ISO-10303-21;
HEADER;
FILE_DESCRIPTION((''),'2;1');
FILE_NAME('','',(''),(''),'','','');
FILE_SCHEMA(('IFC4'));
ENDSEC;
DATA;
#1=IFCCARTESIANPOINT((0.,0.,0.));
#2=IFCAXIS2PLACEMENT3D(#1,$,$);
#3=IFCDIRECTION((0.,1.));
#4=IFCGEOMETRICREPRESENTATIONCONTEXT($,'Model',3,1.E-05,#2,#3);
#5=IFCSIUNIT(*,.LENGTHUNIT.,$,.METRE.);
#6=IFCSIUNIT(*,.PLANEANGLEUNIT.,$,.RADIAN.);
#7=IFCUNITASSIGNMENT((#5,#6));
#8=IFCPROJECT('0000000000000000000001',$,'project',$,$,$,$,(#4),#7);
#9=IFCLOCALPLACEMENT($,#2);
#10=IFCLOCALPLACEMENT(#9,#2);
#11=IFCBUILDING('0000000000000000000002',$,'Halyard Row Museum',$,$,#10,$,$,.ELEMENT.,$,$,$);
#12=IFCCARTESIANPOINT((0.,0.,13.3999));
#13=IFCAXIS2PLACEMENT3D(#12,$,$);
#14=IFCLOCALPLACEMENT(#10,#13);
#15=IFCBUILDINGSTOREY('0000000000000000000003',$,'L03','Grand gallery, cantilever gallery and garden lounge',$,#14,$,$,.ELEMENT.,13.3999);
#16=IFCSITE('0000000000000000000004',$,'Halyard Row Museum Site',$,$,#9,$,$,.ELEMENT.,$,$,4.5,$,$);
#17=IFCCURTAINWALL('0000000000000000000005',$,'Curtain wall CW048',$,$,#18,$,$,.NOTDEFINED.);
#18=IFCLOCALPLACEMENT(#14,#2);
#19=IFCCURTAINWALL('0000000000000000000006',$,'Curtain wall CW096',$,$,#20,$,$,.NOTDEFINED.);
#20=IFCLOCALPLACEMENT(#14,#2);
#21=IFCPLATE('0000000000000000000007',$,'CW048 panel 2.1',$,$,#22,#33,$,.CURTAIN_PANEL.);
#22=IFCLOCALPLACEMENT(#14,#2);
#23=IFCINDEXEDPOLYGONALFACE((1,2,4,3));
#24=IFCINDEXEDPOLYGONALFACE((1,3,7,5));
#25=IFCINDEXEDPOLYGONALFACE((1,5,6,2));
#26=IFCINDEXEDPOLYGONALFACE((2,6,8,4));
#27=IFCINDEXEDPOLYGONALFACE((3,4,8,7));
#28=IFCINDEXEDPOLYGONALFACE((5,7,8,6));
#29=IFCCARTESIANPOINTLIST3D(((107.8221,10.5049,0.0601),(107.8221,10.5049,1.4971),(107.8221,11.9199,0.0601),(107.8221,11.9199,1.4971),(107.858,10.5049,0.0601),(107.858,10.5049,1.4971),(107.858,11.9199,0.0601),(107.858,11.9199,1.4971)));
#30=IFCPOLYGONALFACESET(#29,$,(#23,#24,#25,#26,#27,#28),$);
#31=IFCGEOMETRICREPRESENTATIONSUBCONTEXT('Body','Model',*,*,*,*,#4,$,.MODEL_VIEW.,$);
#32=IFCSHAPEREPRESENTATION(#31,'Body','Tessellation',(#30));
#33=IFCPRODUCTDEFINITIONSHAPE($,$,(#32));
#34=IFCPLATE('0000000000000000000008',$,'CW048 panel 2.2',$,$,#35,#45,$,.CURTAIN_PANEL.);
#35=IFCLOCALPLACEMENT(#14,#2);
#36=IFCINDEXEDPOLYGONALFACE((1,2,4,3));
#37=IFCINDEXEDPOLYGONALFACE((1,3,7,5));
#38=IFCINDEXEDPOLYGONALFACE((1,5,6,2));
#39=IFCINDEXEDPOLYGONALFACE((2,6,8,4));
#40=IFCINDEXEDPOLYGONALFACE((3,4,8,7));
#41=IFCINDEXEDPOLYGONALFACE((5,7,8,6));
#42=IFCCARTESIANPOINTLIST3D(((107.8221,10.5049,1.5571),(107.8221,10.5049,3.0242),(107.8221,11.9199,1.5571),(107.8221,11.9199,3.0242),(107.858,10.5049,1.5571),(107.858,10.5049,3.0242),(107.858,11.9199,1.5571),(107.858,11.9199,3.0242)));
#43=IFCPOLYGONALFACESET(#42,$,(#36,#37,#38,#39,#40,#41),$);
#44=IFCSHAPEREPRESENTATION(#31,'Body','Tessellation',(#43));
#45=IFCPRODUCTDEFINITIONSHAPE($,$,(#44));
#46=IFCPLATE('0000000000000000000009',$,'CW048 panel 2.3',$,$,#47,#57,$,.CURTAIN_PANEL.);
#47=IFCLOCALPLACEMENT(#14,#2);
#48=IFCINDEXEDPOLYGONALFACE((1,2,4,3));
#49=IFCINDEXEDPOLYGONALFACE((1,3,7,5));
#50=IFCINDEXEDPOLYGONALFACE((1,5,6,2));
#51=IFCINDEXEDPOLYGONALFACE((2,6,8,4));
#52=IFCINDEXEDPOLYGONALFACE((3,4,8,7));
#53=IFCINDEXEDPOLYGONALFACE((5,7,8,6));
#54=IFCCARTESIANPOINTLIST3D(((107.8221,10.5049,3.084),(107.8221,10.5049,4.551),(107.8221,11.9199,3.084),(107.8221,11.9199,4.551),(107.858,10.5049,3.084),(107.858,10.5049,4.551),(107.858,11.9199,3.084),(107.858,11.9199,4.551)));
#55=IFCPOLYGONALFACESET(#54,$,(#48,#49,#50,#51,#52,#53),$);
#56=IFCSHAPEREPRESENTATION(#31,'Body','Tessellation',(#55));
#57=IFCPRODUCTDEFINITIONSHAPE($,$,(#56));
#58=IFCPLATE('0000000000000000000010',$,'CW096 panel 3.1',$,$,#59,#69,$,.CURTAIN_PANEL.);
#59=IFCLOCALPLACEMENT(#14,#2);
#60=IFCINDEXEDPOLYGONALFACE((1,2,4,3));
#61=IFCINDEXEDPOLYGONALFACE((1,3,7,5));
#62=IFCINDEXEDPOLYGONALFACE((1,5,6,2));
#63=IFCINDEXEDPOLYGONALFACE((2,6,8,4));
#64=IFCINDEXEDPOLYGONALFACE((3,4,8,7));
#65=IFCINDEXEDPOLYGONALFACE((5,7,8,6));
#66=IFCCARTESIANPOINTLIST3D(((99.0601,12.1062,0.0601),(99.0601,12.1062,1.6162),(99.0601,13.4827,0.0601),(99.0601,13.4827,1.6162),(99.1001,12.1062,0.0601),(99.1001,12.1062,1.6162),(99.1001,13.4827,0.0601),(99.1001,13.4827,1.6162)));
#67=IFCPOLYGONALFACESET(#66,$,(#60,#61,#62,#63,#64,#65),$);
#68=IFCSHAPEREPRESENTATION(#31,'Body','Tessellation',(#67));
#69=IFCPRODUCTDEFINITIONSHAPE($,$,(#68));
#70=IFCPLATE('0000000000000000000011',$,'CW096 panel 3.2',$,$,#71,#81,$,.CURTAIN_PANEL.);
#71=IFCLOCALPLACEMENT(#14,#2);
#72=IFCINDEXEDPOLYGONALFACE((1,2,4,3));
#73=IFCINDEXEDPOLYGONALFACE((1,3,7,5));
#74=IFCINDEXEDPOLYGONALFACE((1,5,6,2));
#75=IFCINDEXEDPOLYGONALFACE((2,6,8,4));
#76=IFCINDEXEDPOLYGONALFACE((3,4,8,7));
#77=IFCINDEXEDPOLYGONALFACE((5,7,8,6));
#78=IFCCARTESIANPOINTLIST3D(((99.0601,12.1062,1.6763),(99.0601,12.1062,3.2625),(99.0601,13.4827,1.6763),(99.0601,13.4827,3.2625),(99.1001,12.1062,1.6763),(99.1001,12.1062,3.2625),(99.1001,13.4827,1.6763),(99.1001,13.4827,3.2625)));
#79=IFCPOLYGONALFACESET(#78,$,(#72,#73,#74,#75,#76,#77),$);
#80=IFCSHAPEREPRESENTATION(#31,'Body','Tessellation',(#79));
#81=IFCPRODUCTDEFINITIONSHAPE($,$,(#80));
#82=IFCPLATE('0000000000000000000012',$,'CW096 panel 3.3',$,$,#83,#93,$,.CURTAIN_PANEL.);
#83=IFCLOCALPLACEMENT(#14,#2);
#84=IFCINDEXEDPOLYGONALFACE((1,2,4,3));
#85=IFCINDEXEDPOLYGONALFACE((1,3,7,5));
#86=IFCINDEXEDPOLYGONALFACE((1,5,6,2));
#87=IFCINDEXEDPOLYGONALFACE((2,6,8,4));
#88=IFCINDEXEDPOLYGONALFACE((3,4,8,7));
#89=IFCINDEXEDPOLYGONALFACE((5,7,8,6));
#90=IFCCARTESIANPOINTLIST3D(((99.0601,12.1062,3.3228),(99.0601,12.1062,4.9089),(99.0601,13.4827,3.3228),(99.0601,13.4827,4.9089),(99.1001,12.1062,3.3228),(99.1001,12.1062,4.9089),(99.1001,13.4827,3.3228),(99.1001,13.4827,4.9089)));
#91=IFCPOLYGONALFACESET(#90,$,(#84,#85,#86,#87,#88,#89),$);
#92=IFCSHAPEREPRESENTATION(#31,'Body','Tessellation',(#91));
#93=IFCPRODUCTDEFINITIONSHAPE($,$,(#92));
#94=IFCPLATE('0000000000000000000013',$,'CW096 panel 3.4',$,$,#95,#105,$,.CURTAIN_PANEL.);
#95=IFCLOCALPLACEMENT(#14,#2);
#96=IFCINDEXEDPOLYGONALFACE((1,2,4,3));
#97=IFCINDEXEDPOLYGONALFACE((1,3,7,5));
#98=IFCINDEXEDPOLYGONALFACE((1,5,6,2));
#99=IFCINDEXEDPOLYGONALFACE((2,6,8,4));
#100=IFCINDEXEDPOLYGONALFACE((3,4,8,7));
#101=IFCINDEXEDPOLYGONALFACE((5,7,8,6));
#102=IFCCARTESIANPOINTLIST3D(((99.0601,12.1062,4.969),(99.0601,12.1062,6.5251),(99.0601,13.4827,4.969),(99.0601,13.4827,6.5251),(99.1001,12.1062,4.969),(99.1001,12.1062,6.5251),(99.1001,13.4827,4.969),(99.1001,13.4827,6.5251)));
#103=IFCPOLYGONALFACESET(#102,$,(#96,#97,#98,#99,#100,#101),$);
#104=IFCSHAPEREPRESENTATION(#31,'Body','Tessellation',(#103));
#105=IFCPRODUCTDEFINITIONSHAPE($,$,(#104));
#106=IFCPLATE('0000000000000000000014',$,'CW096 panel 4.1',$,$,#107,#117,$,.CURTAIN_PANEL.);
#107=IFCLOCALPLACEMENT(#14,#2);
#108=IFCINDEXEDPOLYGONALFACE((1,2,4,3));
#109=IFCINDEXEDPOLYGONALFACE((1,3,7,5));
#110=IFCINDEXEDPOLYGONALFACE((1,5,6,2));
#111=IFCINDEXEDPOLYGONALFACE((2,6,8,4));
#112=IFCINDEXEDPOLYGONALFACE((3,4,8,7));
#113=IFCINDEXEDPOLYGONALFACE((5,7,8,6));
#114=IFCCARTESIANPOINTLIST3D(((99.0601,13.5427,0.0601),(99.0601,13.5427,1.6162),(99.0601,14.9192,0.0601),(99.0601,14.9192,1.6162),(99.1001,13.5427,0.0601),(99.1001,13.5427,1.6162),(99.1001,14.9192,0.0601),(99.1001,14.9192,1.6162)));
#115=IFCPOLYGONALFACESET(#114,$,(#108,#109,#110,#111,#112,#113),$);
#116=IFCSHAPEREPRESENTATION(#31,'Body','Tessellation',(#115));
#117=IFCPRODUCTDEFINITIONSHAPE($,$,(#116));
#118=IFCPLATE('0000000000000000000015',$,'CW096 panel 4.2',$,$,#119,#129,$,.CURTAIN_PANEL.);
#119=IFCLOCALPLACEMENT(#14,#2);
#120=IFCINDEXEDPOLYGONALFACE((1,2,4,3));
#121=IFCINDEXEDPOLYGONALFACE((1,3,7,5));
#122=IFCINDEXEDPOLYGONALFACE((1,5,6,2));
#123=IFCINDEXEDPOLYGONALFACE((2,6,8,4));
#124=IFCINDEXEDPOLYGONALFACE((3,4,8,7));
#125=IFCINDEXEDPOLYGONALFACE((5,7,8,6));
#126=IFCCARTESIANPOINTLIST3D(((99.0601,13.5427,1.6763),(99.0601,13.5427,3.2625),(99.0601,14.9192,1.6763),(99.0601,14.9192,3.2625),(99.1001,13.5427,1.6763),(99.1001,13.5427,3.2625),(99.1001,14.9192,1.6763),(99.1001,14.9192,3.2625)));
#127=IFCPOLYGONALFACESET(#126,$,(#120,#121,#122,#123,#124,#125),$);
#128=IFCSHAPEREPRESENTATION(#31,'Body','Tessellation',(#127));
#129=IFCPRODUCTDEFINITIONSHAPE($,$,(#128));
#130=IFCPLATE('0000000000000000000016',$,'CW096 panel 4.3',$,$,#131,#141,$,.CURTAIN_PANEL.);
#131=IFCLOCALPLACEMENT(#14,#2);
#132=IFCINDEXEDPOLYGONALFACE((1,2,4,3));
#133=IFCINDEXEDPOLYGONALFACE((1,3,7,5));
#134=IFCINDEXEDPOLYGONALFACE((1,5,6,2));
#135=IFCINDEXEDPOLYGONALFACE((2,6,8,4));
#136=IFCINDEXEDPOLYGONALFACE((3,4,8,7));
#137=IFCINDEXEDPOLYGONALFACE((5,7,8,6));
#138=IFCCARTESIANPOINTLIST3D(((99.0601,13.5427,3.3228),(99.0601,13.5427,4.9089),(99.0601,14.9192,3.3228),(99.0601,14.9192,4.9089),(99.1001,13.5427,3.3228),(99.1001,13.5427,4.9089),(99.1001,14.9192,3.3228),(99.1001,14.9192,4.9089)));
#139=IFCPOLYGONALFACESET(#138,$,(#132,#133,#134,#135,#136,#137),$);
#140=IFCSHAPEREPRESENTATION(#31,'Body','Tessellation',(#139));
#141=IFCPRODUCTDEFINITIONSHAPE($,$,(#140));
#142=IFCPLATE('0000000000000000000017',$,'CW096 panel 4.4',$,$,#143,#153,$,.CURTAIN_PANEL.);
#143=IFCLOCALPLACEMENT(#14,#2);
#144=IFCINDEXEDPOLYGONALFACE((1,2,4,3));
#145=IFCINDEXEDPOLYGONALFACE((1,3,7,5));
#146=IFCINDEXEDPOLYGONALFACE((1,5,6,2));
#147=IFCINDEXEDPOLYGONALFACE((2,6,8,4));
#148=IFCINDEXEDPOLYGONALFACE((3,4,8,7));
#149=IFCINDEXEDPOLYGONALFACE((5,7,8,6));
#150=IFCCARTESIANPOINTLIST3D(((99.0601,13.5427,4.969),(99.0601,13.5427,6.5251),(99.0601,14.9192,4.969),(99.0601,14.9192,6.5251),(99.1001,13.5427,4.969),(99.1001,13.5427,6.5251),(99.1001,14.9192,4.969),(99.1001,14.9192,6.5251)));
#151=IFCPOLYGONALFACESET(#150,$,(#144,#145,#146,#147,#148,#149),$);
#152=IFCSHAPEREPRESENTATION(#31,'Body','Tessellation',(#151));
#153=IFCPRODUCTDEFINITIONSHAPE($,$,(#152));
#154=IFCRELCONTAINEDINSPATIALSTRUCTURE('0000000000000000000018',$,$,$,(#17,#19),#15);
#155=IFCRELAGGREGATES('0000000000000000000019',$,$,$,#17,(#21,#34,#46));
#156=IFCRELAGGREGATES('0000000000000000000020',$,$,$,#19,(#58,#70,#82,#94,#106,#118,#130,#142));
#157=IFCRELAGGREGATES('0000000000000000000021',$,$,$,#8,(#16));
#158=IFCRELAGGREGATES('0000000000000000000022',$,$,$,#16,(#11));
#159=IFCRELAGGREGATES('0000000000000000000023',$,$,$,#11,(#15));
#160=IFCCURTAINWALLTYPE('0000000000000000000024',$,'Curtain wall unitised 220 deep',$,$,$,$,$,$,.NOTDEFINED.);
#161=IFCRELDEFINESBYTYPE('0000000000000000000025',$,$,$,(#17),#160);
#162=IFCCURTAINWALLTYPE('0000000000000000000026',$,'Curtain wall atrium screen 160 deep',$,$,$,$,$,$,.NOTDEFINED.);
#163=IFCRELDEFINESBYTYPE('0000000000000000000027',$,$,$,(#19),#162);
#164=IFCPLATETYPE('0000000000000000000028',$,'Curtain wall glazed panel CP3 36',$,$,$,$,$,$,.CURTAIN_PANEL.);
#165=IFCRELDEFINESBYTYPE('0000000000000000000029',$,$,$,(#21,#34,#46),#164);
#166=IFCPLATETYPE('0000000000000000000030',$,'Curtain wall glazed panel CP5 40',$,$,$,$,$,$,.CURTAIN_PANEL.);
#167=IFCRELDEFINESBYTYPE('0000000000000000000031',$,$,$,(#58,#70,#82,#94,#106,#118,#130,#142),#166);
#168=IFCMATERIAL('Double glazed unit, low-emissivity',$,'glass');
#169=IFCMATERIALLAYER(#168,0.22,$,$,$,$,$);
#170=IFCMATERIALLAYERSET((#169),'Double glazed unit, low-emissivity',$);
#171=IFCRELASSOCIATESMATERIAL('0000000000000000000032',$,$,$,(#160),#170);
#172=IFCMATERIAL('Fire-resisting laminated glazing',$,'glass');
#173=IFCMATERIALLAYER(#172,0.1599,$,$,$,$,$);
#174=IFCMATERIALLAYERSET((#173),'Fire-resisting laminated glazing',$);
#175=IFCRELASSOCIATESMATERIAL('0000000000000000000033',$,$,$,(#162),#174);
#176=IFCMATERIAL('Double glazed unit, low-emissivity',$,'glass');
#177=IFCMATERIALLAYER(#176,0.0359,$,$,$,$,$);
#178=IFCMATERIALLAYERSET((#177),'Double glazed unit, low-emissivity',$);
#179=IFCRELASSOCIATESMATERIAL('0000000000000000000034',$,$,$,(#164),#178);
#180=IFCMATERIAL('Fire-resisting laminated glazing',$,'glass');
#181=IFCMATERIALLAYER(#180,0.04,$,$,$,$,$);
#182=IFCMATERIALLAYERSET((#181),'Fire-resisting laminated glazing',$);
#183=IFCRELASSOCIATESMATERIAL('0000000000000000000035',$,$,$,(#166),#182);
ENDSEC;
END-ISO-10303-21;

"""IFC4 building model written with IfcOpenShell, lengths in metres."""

from ifc_helpers import new_model, si_unit, direction, frame, origin, origin_2d, place, context, subcontext, project, spatial, rectangle, extrude, material, layer, layer_set, type_object, element, aggregate, save


model = new_model("IFC4")

# Units and contexts
model_context = context("Model", 3, precision=1e-05, world=origin(), true_north=direction((0.0, 1.0)))
body_context = subcontext(model_context, "Body", "Model", "MODEL_VIEW")
ifc_project = project(units=[si_unit("LENGTHUNIT", "METRE"), si_unit("PLANEANGLEUNIT", "RADIAN")], contexts=[model_context])

# Site, building, storey
site_placement = place(None, origin())
site = spatial("IfcSite", under=ifc_project, at=site_placement, Name="Halyard Row Museum Site", CompositionType="ELEMENT", RefElevation=4.5)
building_placement = place(site_placement, origin())
building = spatial("IfcBuilding", under=site, at=building_placement, Name="Halyard Row Museum", CompositionType="ELEMENT")
storey_placement = place(building_placement, frame((0.0, 0.0, 13.3999)))
storey = spatial("IfcBuildingStorey", under=building, at=storey_placement, Name="L03", Description="Grand gallery, cantilever gallery and garden lounge", CompositionType="ELEMENT", Elevation=13.3999)

# Curtain wall
ifc_material_1 = material(Name="Double glazed unit, low-emissivity", Category="glass")
ifc_layer_1 = layer(ifc_material_1, 0.22)
ifc_layer_set_1 = layer_set([ifc_layer_1], Name="Double glazed unit, low-emissivity")
curtain_wall_type_1 = type_object("IfcCurtainWallType", Name="Curtain wall unitised 220 deep", PredefinedType="NOTDEFINED", material=ifc_layer_set_1)
curtain_wall_1_placement = place(storey_placement, origin())
curtain_wall_1 = element("IfcCurtainWall", 1, at=curtain_wall_1_placement, inside=storey, type_object=curtain_wall_type_1, Name="Curtain wall CW048", PredefinedType="NOTDEFINED")

# Curtain wall
ifc_material_2 = material(Name="Fire-resisting laminated glazing", Category="glass")
ifc_layer_2 = layer(ifc_material_2, 0.1599)
ifc_layer_set_2 = layer_set([ifc_layer_2], Name="Fire-resisting laminated glazing")
curtain_wall_type_2 = type_object("IfcCurtainWallType", Name="Curtain wall atrium screen 160 deep", PredefinedType="NOTDEFINED", material=ifc_layer_set_2)
curtain_wall_2_placement = place(storey_placement, origin())
curtain_wall_2 = element("IfcCurtainWall", 2, at=curtain_wall_2_placement, inside=storey, type_object=curtain_wall_type_2, Name="Curtain wall CW096", PredefinedType="NOTDEFINED")

# Plates
ifc_material_3 = material(Name="Double glazed unit, low-emissivity", Category="glass")
ifc_layer_3 = layer(ifc_material_3, 0.0359)
ifc_layer_set_3 = layer_set([ifc_layer_3], Name="Double glazed unit, low-emissivity")
plate_type_1 = type_object("IfcPlateType", Name="Curtain wall glazed panel CP3 36", PredefinedType="CURTAIN_PANEL", material=ifc_layer_set_3)
plate_1_placement = place(storey_placement, frame((107.8401, 11.2124, 0.0601), z_axis=(0.0, 0.0, 1.0), x_axis=(0.0, 1.0, 0.0)))
plate_1 = element("IfcPlate", 3, at=plate_1_placement, type_object=plate_type_1, Name="CW048 panel 2.1", PredefinedType="CURTAIN_PANEL", context=body_context, shape_type="SweptSolid", body=[
    extrude(rectangle(XDim=1.415, YDim=0.0359, at=origin_2d()), origin(), (0.0, 0.0, 1.0), 1.437),
])
plate_2_placement = place(storey_placement, frame((107.8401, 11.2124, 1.5571), z_axis=(0.0, 0.0, 1.0), x_axis=(0.0, 1.0, 0.0)))
plate_2 = element("IfcPlate", 4, at=plate_2_placement, type_object=plate_type_1, Name="CW048 panel 2.2", PredefinedType="CURTAIN_PANEL", context=body_context, shape_type="SweptSolid", body=[
    extrude(rectangle(XDim=1.415, YDim=0.0359, at=origin_2d()), origin(), (0.0, 0.0, 1.0), 1.467),
])
plate_3_placement = place(storey_placement, frame((107.8401, 11.2124, 3.084), z_axis=(0.0, 0.0, 1.0), x_axis=(0.0, 1.0, 0.0)))
plate_3 = element("IfcPlate", 5, at=plate_3_placement, type_object=plate_type_1, Name="CW048 panel 2.3", PredefinedType="CURTAIN_PANEL", context=body_context, shape_type="SweptSolid", body=[
    extrude(rectangle(XDim=1.415, YDim=0.0359, at=origin_2d()), origin(), (0.0, 0.0, 1.0), 1.467),
])
aggregate(curtain_wall_1, [plate_1, plate_2, plate_3])
ifc_material_4 = material(Name="Fire-resisting laminated glazing", Category="glass")
ifc_layer_4 = layer(ifc_material_4, 0.04)
ifc_layer_set_4 = layer_set([ifc_layer_4], Name="Fire-resisting laminated glazing")
plate_type_2 = type_object("IfcPlateType", Name="Curtain wall glazed panel CP5 40", PredefinedType="CURTAIN_PANEL", material=ifc_layer_set_4)
plate_4_placement = place(storey_placement, frame((99.0801, 12.7944, 0.0601), z_axis=(0.0, 0.0, 1.0), x_axis=(0.0, 1.0, 0.0)))
plate_4 = element("IfcPlate", 6, at=plate_4_placement, type_object=plate_type_2, Name="CW096 panel 3.1", PredefinedType="CURTAIN_PANEL", context=body_context, shape_type="SweptSolid", body=[
    extrude(rectangle(XDim=1.3765, YDim=0.04, at=origin_2d()), origin(), (0.0, 0.0, 1.0), 1.5562),
])
plate_5_placement = place(storey_placement, frame((99.0801, 12.7944, 1.6763), z_axis=(0.0, 0.0, 1.0), x_axis=(0.0, 1.0, 0.0)))
plate_5 = element("IfcPlate", 7, at=plate_5_placement, type_object=plate_type_2, Name="CW096 panel 3.2", PredefinedType="CURTAIN_PANEL", context=body_context, shape_type="SweptSolid", body=[
    extrude(rectangle(XDim=1.3765, YDim=0.04, at=origin_2d()), origin(), (0.0, 0.0, 1.0), 1.5862),
])
plate_6_placement = place(storey_placement, frame((99.0801, 12.7944, 3.3228), z_axis=(0.0, 0.0, 1.0), x_axis=(0.0, 1.0, 0.0)))
plate_6 = element("IfcPlate", 8, at=plate_6_placement, type_object=plate_type_2, Name="CW096 panel 3.3", PredefinedType="CURTAIN_PANEL", context=body_context, shape_type="SweptSolid", body=[
    extrude(rectangle(XDim=1.3765, YDim=0.04, at=origin_2d()), origin(), (0.0, 0.0, 1.0), 1.5862),
])
plate_7_placement = place(storey_placement, frame((99.0801, 12.7944, 4.969), z_axis=(0.0, 0.0, 1.0), x_axis=(0.0, 1.0, 0.0)))
plate_7 = element("IfcPlate", 9, at=plate_7_placement, type_object=plate_type_2, Name="CW096 panel 3.4", PredefinedType="CURTAIN_PANEL", context=body_context, shape_type="SweptSolid", body=[
    extrude(rectangle(XDim=1.3765, YDim=0.04, at=origin_2d()), origin(), (0.0, 0.0, 1.0), 1.5562),
])
plate_8_placement = place(storey_placement, frame((99.0801, 14.231, 0.0601), z_axis=(0.0, 0.0, 1.0), x_axis=(0.0, 1.0, 0.0)))
plate_8 = element("IfcPlate", 10, at=plate_8_placement, type_object=plate_type_2, Name="CW096 panel 4.1", PredefinedType="CURTAIN_PANEL", context=body_context, shape_type="SweptSolid", body=[
    extrude(rectangle(XDim=1.3765, YDim=0.04, at=origin_2d()), origin(), (0.0, 0.0, 1.0), 1.5562),
])
plate_9_placement = place(storey_placement, frame((99.0801, 14.231, 1.6763), z_axis=(0.0, 0.0, 1.0), x_axis=(0.0, 1.0, 0.0)))
plate_9 = element("IfcPlate", 11, at=plate_9_placement, type_object=plate_type_2, Name="CW096 panel 4.2", PredefinedType="CURTAIN_PANEL", context=body_context, shape_type="SweptSolid", body=[
    extrude(rectangle(XDim=1.3765, YDim=0.04, at=origin_2d()), origin(), (0.0, 0.0, 1.0), 1.5862),
])
plate_10_placement = place(storey_placement, frame((99.0801, 14.231, 3.3228), z_axis=(0.0, 0.0, 1.0), x_axis=(0.0, 1.0, 0.0)))
plate_10 = element("IfcPlate", 12, at=plate_10_placement, type_object=plate_type_2, Name="CW096 panel 4.3", PredefinedType="CURTAIN_PANEL", context=body_context, shape_type="SweptSolid", body=[
    extrude(rectangle(XDim=1.3765, YDim=0.04, at=origin_2d()), origin(), (0.0, 0.0, 1.0), 1.5862),
])
plate_11_placement = place(storey_placement, frame((99.0801, 14.231, 4.969), z_axis=(0.0, 0.0, 1.0), x_axis=(0.0, 1.0, 0.0)))
plate_11 = element("IfcPlate", 13, at=plate_11_placement, type_object=plate_type_2, Name="CW096 panel 4.4", PredefinedType="CURTAIN_PANEL", context=body_context, shape_type="SweptSolid", body=[
    extrude(rectangle(XDim=1.3765, YDim=0.04, at=origin_2d()), origin(), (0.0, 0.0, 1.0), 1.5562),
])
aggregate(curtain_wall_2, [plate_4, plate_5, plate_6, plate_7, plate_8, plate_9, plate_10, plate_11])

save(model, "model.ifc")
